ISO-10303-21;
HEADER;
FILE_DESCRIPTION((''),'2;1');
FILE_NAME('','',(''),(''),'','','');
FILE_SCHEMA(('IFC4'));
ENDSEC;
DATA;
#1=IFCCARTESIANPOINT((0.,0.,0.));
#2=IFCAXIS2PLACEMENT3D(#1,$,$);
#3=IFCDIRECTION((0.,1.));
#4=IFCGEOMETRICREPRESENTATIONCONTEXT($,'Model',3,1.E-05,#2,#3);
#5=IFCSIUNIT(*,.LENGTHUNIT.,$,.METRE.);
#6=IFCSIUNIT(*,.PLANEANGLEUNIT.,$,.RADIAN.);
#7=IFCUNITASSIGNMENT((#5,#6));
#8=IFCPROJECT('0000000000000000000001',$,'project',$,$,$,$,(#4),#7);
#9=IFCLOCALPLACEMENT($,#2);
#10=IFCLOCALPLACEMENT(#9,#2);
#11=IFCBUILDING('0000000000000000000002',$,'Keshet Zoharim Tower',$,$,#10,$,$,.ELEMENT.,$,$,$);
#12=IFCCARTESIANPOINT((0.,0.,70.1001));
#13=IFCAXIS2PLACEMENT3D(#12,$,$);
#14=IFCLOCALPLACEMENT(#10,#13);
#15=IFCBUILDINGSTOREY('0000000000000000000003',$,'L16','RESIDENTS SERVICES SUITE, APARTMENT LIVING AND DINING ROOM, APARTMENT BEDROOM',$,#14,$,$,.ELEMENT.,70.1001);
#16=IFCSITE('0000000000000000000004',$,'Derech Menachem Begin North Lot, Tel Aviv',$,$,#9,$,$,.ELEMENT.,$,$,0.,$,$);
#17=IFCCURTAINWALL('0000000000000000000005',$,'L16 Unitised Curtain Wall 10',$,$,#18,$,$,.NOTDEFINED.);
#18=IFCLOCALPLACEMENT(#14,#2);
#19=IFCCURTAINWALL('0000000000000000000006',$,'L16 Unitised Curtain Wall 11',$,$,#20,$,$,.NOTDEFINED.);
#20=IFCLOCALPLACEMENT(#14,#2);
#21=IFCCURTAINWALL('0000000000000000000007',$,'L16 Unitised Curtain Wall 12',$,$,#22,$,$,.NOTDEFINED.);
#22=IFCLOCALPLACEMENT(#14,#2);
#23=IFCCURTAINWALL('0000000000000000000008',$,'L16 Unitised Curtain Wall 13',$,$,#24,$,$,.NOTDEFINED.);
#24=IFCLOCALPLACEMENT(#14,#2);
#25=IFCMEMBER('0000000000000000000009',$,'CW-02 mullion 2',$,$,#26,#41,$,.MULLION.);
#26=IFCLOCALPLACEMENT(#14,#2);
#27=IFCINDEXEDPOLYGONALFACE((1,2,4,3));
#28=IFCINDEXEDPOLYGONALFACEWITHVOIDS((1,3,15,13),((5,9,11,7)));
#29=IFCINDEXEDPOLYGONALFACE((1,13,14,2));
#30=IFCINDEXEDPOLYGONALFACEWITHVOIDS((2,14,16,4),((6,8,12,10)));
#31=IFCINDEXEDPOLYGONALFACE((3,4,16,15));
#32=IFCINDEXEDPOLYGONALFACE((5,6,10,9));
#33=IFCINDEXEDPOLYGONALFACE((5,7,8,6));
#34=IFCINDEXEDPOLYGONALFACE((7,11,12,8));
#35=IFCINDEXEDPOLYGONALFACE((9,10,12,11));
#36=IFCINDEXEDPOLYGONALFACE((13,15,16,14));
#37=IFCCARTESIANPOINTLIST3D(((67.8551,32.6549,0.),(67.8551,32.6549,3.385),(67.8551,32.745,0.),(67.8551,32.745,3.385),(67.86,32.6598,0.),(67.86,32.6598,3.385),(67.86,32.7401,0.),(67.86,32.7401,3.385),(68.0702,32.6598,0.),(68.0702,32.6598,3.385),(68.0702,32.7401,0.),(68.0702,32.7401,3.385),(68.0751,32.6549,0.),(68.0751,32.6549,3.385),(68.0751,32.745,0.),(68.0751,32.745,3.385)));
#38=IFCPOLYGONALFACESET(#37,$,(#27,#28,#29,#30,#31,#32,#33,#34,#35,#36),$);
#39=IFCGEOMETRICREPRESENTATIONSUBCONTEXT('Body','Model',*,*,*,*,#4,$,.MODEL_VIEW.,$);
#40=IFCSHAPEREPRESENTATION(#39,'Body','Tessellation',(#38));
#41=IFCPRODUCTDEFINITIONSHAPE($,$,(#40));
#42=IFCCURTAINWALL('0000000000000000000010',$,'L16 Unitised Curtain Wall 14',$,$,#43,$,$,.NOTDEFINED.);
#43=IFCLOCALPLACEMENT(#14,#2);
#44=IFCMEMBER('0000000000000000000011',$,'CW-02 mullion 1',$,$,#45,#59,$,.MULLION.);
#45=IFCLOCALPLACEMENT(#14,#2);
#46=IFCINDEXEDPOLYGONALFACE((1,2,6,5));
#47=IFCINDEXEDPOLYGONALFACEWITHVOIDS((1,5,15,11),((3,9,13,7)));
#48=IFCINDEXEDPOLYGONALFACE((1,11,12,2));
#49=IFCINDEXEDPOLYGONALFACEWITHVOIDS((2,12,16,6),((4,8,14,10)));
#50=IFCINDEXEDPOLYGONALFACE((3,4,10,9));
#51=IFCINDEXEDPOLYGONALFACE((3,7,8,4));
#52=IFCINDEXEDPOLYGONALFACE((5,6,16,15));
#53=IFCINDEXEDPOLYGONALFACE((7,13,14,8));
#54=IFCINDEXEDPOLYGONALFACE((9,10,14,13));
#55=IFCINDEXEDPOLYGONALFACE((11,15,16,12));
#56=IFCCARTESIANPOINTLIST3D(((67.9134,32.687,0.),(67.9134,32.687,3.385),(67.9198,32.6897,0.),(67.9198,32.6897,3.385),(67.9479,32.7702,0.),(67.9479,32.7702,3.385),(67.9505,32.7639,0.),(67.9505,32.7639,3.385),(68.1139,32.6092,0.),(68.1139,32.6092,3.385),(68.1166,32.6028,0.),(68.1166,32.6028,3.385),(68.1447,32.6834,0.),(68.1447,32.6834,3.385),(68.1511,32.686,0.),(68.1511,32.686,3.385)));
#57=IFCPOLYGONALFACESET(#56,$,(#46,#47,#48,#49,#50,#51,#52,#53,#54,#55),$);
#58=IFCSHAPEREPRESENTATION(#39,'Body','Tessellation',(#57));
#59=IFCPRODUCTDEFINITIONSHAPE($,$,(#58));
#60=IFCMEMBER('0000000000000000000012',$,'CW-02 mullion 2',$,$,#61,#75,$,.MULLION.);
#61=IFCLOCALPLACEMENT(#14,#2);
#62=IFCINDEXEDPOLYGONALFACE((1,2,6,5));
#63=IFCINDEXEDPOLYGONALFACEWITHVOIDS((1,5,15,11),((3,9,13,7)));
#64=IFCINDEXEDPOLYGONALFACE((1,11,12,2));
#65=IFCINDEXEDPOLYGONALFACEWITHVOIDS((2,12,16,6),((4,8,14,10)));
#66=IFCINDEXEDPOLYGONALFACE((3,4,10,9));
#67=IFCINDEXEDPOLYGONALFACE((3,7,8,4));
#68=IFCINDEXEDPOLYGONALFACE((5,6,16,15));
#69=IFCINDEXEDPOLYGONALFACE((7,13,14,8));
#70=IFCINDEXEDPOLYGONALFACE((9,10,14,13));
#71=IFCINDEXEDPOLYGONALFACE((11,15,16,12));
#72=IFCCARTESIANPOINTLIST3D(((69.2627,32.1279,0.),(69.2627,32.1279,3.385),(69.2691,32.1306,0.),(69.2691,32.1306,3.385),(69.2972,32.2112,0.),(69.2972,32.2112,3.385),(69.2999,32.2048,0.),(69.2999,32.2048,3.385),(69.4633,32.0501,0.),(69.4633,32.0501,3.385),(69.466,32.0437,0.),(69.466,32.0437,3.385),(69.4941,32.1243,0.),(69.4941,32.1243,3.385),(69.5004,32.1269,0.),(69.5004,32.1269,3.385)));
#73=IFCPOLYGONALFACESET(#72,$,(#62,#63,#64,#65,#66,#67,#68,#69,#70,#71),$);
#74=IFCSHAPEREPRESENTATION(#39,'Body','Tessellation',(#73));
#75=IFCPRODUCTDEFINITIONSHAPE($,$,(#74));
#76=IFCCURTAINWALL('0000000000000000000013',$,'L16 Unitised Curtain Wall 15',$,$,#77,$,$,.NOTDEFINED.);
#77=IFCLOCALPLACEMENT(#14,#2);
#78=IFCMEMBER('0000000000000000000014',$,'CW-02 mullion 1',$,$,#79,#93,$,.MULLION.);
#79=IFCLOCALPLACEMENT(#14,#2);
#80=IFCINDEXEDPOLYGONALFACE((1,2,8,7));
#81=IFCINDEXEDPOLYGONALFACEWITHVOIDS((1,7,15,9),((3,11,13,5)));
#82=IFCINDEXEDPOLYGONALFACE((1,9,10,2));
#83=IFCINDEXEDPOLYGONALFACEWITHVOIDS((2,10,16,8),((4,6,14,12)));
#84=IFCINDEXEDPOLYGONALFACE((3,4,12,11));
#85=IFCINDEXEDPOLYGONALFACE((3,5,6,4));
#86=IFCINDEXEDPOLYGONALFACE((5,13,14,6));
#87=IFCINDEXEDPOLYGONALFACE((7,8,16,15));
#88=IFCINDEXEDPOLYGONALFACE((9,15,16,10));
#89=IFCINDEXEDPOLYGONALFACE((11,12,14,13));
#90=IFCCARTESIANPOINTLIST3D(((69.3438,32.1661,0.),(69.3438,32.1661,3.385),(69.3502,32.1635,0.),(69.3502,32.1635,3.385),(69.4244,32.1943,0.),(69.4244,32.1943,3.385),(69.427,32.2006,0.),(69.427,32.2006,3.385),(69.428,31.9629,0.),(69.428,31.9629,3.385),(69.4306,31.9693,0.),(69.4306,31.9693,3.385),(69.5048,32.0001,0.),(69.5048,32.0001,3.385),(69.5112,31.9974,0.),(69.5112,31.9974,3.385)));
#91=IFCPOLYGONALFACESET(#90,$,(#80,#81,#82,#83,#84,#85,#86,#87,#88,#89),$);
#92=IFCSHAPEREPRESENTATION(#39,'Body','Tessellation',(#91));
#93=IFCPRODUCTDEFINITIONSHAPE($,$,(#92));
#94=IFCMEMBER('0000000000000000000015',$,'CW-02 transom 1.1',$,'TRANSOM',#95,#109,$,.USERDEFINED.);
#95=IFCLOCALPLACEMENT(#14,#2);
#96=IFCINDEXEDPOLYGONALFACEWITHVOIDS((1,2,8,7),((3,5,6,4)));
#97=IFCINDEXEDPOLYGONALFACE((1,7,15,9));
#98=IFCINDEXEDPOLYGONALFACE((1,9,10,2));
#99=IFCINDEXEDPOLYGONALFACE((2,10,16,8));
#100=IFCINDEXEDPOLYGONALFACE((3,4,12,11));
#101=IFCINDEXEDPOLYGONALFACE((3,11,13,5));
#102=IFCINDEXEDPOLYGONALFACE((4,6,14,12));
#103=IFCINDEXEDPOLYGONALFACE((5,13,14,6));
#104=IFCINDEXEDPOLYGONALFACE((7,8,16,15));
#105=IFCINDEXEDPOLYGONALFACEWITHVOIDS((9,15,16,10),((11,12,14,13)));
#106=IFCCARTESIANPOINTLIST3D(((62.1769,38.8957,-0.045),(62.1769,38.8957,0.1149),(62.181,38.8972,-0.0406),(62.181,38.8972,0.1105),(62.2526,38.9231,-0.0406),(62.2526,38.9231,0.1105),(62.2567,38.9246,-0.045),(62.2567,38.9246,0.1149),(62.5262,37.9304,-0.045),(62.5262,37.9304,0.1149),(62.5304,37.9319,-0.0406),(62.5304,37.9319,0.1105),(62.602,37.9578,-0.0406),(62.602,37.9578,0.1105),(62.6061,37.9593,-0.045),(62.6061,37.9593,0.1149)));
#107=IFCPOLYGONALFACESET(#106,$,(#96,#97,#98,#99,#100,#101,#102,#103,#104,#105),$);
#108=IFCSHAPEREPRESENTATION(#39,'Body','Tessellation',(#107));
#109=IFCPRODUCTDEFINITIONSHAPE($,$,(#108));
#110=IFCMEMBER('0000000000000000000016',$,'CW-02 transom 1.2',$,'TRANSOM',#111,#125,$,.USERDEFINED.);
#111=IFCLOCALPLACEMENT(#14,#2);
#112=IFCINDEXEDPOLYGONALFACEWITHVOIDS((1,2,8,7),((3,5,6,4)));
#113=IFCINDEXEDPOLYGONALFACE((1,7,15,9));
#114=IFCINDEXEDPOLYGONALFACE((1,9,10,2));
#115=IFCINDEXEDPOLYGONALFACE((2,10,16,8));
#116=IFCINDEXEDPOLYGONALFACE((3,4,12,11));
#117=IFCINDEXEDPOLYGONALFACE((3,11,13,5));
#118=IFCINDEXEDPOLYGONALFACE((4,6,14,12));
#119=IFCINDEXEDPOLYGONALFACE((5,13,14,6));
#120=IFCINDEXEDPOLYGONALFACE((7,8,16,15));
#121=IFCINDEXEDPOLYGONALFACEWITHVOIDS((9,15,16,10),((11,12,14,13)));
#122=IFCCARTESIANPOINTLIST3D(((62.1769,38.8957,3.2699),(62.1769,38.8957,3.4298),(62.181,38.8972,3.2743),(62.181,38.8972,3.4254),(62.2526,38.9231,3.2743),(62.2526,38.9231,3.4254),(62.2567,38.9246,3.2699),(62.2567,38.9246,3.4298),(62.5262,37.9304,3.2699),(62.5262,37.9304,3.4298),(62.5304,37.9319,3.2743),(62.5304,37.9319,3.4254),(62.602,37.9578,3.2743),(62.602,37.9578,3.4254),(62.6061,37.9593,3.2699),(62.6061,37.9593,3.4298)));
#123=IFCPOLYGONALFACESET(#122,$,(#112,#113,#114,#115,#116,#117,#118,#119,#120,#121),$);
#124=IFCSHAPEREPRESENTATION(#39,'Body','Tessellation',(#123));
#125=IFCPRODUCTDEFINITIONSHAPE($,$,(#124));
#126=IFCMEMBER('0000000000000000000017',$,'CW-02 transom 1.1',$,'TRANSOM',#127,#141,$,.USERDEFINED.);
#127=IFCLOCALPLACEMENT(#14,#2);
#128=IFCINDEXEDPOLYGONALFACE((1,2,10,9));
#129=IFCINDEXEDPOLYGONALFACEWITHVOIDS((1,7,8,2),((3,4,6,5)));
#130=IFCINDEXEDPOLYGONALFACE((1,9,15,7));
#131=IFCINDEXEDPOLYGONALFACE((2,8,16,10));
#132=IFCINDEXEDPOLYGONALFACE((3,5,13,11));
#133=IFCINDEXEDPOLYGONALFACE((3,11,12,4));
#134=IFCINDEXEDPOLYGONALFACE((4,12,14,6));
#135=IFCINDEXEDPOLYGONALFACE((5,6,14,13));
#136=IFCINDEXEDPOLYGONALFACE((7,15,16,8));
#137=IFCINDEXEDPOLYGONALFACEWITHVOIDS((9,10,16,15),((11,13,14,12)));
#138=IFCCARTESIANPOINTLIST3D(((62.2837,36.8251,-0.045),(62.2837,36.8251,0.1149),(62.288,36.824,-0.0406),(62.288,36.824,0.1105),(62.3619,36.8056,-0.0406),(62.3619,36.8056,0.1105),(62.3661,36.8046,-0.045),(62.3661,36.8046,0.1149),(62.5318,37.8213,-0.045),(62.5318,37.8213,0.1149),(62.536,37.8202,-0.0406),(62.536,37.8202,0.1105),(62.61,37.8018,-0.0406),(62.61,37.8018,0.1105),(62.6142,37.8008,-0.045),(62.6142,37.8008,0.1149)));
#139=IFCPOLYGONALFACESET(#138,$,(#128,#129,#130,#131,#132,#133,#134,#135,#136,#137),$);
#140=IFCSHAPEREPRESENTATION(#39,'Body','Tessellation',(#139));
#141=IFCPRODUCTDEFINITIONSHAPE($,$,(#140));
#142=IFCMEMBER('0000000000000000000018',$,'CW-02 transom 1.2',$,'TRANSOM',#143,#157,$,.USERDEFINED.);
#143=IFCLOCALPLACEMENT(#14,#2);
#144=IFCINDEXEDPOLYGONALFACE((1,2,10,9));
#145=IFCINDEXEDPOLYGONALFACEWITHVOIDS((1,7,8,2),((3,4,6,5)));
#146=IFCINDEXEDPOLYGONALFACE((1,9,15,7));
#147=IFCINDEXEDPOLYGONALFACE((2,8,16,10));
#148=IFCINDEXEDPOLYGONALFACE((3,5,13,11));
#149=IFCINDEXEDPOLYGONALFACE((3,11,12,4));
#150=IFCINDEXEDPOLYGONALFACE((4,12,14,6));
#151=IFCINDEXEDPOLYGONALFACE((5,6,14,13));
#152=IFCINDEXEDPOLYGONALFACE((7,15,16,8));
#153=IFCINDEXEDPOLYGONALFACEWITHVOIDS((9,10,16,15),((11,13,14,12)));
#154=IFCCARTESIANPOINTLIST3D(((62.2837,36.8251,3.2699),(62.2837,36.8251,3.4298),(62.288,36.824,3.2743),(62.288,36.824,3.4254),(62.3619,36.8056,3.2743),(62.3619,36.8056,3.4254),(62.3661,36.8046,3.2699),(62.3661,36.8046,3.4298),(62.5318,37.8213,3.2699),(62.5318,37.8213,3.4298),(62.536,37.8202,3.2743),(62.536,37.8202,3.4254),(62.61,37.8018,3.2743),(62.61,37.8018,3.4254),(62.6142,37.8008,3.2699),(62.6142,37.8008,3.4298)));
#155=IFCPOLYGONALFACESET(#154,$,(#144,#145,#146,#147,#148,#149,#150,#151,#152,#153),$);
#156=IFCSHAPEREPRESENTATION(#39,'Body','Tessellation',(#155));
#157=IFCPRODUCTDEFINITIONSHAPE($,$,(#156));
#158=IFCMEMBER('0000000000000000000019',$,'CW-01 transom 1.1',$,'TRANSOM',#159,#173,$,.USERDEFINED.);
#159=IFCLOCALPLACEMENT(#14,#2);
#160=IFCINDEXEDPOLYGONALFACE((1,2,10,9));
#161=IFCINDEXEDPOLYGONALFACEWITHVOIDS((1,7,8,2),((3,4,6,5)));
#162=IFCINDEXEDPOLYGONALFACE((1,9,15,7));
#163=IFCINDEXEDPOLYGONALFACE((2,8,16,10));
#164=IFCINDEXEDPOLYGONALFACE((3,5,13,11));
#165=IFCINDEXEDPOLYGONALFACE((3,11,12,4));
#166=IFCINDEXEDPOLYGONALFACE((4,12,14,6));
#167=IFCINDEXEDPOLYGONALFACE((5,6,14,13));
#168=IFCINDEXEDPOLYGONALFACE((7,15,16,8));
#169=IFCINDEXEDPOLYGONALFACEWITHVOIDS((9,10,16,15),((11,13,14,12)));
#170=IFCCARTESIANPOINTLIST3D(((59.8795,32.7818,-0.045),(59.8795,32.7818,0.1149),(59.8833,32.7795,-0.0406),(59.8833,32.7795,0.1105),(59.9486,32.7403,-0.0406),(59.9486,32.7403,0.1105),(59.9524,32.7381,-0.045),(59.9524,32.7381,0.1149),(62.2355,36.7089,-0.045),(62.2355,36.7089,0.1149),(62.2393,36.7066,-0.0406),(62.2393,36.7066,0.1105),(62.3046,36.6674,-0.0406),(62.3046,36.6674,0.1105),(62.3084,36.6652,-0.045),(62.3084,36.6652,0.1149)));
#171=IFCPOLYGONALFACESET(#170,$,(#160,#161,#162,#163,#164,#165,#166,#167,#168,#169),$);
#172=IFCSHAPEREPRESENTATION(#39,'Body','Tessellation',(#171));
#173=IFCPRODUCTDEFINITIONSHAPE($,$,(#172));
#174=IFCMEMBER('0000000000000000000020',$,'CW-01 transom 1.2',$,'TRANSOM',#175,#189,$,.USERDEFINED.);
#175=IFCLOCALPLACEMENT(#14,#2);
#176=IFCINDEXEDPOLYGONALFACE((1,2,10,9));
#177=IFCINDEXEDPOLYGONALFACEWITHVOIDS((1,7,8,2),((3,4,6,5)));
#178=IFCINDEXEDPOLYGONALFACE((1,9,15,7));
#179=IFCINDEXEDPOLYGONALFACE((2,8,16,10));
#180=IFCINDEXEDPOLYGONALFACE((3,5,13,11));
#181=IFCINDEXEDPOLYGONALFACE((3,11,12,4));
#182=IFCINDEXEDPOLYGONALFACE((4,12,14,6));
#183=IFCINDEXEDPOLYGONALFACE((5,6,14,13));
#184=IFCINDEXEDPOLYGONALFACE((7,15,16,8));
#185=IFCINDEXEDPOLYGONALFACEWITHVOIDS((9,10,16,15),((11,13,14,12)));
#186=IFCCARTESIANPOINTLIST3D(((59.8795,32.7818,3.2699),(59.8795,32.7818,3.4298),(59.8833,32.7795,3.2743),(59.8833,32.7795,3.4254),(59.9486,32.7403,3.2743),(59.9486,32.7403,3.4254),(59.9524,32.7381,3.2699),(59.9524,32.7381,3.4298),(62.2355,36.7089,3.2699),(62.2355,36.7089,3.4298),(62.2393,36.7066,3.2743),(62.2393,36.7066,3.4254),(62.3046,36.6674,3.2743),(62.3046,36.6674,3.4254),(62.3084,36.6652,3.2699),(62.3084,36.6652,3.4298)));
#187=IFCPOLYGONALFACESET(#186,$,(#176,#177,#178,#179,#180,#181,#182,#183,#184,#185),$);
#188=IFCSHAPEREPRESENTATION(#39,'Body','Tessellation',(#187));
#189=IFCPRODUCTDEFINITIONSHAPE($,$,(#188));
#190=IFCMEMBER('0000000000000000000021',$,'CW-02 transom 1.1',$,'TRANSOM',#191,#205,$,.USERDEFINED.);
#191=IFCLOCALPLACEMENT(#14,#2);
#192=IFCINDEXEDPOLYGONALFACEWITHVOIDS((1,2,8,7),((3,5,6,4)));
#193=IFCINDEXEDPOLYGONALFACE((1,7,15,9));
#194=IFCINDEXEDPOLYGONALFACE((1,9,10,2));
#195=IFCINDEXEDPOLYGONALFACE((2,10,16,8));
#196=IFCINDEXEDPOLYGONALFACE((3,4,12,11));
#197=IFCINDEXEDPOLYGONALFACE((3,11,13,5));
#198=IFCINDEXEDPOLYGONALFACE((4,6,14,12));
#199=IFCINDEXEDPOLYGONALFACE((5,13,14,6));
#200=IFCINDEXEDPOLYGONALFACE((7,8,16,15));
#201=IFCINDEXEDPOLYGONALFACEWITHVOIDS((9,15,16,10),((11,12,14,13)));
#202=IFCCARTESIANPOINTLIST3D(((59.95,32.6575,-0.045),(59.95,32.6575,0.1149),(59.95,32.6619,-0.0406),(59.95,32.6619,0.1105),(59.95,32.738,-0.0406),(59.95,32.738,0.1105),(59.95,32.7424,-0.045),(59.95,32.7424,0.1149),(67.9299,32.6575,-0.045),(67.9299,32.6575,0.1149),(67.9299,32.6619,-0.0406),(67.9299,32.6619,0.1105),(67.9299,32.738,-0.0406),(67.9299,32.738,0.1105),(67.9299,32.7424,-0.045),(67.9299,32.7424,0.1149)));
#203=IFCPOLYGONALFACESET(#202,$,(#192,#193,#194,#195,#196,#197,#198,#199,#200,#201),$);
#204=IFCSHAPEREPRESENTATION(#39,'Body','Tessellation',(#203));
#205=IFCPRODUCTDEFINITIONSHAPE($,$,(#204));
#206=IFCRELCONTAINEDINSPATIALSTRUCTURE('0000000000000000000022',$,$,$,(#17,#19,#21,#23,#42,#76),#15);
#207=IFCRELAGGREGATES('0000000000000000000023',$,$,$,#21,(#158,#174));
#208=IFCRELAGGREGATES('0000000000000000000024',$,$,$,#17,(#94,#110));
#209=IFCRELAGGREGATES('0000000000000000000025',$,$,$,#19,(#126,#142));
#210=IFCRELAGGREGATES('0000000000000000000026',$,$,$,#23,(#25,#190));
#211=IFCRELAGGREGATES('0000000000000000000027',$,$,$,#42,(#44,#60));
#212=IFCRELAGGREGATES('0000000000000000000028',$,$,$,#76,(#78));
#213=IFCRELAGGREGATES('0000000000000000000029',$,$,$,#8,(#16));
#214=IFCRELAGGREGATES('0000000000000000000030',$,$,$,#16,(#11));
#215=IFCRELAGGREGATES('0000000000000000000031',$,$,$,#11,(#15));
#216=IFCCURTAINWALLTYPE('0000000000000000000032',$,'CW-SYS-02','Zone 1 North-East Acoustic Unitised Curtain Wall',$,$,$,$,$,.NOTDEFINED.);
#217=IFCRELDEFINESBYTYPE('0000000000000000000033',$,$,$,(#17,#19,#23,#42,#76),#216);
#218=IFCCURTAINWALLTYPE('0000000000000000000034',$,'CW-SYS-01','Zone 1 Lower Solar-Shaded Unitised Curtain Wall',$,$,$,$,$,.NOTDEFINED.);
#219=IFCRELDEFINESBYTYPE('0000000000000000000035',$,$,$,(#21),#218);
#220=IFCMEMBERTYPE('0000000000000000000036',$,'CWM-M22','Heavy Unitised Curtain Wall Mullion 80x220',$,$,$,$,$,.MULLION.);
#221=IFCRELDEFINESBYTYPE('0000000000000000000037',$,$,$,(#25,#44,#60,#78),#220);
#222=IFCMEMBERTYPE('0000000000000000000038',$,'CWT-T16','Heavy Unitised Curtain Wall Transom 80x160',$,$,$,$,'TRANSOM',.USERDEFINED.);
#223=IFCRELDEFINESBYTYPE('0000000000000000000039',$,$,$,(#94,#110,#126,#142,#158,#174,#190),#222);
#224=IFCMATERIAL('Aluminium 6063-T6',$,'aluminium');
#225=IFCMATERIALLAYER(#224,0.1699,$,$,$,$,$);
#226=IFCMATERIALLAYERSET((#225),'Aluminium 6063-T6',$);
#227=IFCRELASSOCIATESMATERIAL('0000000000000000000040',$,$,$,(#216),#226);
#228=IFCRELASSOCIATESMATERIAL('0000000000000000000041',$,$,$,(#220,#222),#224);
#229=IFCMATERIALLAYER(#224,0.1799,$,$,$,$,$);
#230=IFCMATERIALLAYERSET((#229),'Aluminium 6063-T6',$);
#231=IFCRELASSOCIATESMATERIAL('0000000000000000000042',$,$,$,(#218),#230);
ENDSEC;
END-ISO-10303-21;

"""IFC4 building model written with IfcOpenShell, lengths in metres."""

from ifc_helpers import new_model, si_unit, direction, frame, origin, origin_2d, place, context, subcontext, project, spatial, hollow_rectangle, extrude, material, layer, layer_set, material_profile, profile_set, type_object, element, aggregate, save


model = new_model("IFC4")

# Units and contexts
model_context = context("Model", 3, precision=1e-05, world=origin(), true_north=direction((0.0, 1.0)))
body_context = subcontext(model_context, "Body", "Model", "MODEL_VIEW")
ifc_project = project(units=[si_unit("LENGTHUNIT", "METRE"), si_unit("PLANEANGLEUNIT", "RADIAN")], contexts=[model_context])

# Site, building, storey
site_placement = place(None, origin())
site = spatial("IfcSite", under=ifc_project, at=site_placement, Name="Derech Menachem Begin North Lot, Tel Aviv", CompositionType="ELEMENT", RefElevation=0.0)
building_placement = place(site_placement, origin())
building = spatial("IfcBuilding", under=site, at=building_placement, Name="Keshet Zoharim Tower", CompositionType="ELEMENT")
storey_placement = place(building_placement, frame((0.0, 0.0, 70.1001)))
storey = spatial("IfcBuildingStorey", under=building, at=storey_placement, Name="L16", Description="RESIDENTS SERVICES SUITE, APARTMENT LIVING AND DINING ROOM, APARTMENT BEDROOM", CompositionType="ELEMENT", Elevation=70.1001)

# Shared definitions
ifc_material_1 = material(Name="Aluminium 6063-T6", Category="aluminium")
ifc_layer_1 = layer(ifc_material_1, 0.1699)
ifc_layer_set_1 = layer_set([ifc_layer_1], Name="Aluminium 6063-T6")
curtain_wall_type_1 = type_object("IfcCurtainWallType", Name="CW-SYS-02", Description="Zone 1 North-East Acoustic Unitised Curtain Wall", PredefinedType="NOTDEFINED", material=ifc_layer_set_1)
ifc_material_profile_1 = material_profile(ifc_material_1, hollow_rectangle(XDim=0.0901, YDim=0.22, WallThickness=0.0049, at=origin_2d()), Name="MUL-90x220")
ifc_profile_set_1 = profile_set([ifc_material_profile_1], Name="Aluminium 6063-T6")
member_type_1 = type_object("IfcMemberType", Name="CWM-M22", Description="Heavy Unitised Curtain Wall Mullion 80x220", PredefinedType="MULLION", material=ifc_profile_set_1)

# Curtain walls, members
curtain_wall_1_placement = place(storey_placement, origin())
curtain_wall_1 = element("IfcCurtainWall", 1, at=curtain_wall_1_placement, inside=storey, type_object=curtain_wall_type_1, Name="L16 Unitised Curtain Wall 10", PredefinedType="NOTDEFINED")
curtain_wall_2_placement = place(storey_placement, origin())
curtain_wall_2 = element("IfcCurtainWall", 2, at=curtain_wall_2_placement, inside=storey, type_object=curtain_wall_type_1, Name="L16 Unitised Curtain Wall 11", PredefinedType="NOTDEFINED")
ifc_layer_2 = layer(ifc_material_1, 0.1799)
ifc_layer_set_2 = layer_set([ifc_layer_2], Name="Aluminium 6063-T6")
curtain_wall_type_2 = type_object("IfcCurtainWallType", Name="CW-SYS-01", Description="Zone 1 Lower Solar-Shaded Unitised Curtain Wall", PredefinedType="NOTDEFINED", material=ifc_layer_set_2)
curtain_wall_3_placement = place(storey_placement, origin())
curtain_wall_3 = element("IfcCurtainWall", 3, at=curtain_wall_3_placement, inside=storey, type_object=curtain_wall_type_2, Name="L16 Unitised Curtain Wall 12", PredefinedType="NOTDEFINED")
curtain_wall_4_placement = place(storey_placement, origin())
curtain_wall_4 = element("IfcCurtainWall", 4, at=curtain_wall_4_placement, inside=storey, type_object=curtain_wall_type_1, Name="L16 Unitised Curtain Wall 13", PredefinedType="NOTDEFINED")
member_1_placement = place(storey_placement, frame((67.9651, 32.7, 0.0), z_axis=(0.0, 0.0, 1.0), x_axis=(0.0, 1.0, 0.0)))
member_1 = element("IfcMember", 5, at=member_1_placement, type_object=member_type_1, Name="CW-02 mullion 2", PredefinedType="MULLION", context=body_context, shape_type="SweptSolid", body=[
    extrude(hollow_rectangle(XDim=0.0901, YDim=0.22, WallThickness=0.0049, at=origin_2d()), origin(), (0.0, 0.0, 1.0), 3.385),
])
curtain_wall_5_placement = place(storey_placement, origin())
curtain_wall_5 = element("IfcCurtainWall", 6, at=curtain_wall_5_placement, inside=storey, type_object=curtain_wall_type_1, Name="L16 Unitised Curtain Wall 14", PredefinedType="NOTDEFINED")
member_2_placement = place(storey_placement, frame((68.0322, 32.6865, 0.0), z_axis=(0.0, 0.0, 1.0), x_axis=(0.382852, 0.92381, 0.0)))
member_2 = element("IfcMember", 7, at=member_2_placement, type_object=member_type_1, Name="CW-02 mullion 1", PredefinedType="MULLION", context=body_context, shape_type="SweptSolid", body=[
    extrude(hollow_rectangle(XDim=0.0901, YDim=0.22, WallThickness=0.0049, at=origin_2d()), origin(), (0.0, 0.0, 1.0), 3.385),
])
member_3_placement = place(storey_placement, frame((69.3816, 32.1274, 0.0), z_axis=(0.0, 0.0, 1.0), x_axis=(0.382852, 0.92381, 0.0)))
member_3 = element("IfcMember", 8, at=member_3_placement, type_object=member_type_1, Name="CW-02 mullion 2", PredefinedType="MULLION", context=body_context, shape_type="SweptSolid", body=[
    extrude(hollow_rectangle(XDim=0.0901, YDim=0.22, WallThickness=0.0049, at=origin_2d()), origin(), (0.0, 0.0, 1.0), 3.385),
])

# Curtain wall, member
curtain_wall_6_placement = place(storey_placement, origin())
curtain_wall_6 = element("IfcCurtainWall", 9, at=curtain_wall_6_placement, inside=storey, type_object=curtain_wall_type_1, Name="L16 Unitised Curtain Wall 15", PredefinedType="NOTDEFINED")
member_4_placement = place(storey_placement, frame((69.4275, 32.0818, 0.0), z_axis=(0.0, 0.0, 1.0), x_axis=(0.92381, 0.382852, 0.0)))
member_4 = element("IfcMember", 10, at=member_4_placement, type_object=member_type_1, Name="CW-02 mullion 1", PredefinedType="MULLION", context=body_context, shape_type="SweptSolid", body=[
    extrude(hollow_rectangle(XDim=0.0901, YDim=0.22, WallThickness=0.0049, at=origin_2d()), origin(), (0.0, 0.0, 1.0), 3.385),
])

# Members
ifc_material_profile_2 = material_profile(ifc_material_1, hollow_rectangle(XDim=0.085, YDim=0.1599, WallThickness=0.0044, at=origin_2d()), Name="TRN-85x160")
ifc_profile_set_2 = profile_set([ifc_material_profile_2], Name="Aluminium 6063-T6")
member_type_2 = type_object("IfcMemberType", Name="CWT-T16", Description="Heavy Unitised Curtain Wall Transom 80x160", ElementType="TRANSOM", PredefinedType="USERDEFINED", material=ifc_profile_set_2)
member_5_placement = place(storey_placement, frame((62.2168, 38.9102, 0.0349), z_axis=(0.340311, -0.940313, 0.0), x_axis=(0.940313, 0.340311, 0.0)))
member_5 = element("IfcMember", 11, at=member_5_placement, type_object=member_type_2, Name="CW-02 transom 1.1", ObjectType="TRANSOM", PredefinedType="USERDEFINED", context=body_context, shape_type="SweptSolid", body=[
    extrude(hollow_rectangle(XDim=0.085, YDim=0.1599, WallThickness=0.0044, at=origin_2d()), origin(), (0.0, 0.0, 1.0), 1.0266),
])
member_6_placement = place(storey_placement, frame((62.2168, 38.9102, 3.3499), z_axis=(0.340311, -0.940313, 0.0), x_axis=(0.940313, 0.340311, 0.0)))
member_6 = element("IfcMember", 12, at=member_6_placement, type_object=member_type_2, Name="CW-02 transom 1.2", ObjectType="TRANSOM", PredefinedType="USERDEFINED", context=body_context, shape_type="SweptSolid", body=[
    extrude(hollow_rectangle(XDim=0.085, YDim=0.1599, WallThickness=0.0044, at=origin_2d()), origin(), (0.0, 0.0, 1.0), 1.0266),
])
member_7_placement = place(storey_placement, frame((62.573, 37.811, 0.0349), z_axis=(-0.24164, -0.970366, 0.0), x_axis=(0.970366, -0.24164, 0.0)))
member_7 = element("IfcMember", 13, at=member_7_placement, type_object=member_type_2, Name="CW-02 transom 1.1", ObjectType="TRANSOM", PredefinedType="USERDEFINED", context=body_context, shape_type="SweptSolid", body=[
    extrude(hollow_rectangle(XDim=0.085, YDim=0.1599, WallThickness=0.0044, at=origin_2d()), origin(), (0.0, 0.0, 1.0), 1.0266),
])
member_8_placement = place(storey_placement, frame((62.573, 37.811, 3.3499), z_axis=(-0.24164, -0.970366, 0.0), x_axis=(0.970366, -0.24164, 0.0)))
member_8 = element("IfcMember", 14, at=member_8_placement, type_object=member_type_2, Name="CW-02 transom 1.2", ObjectType="TRANSOM", PredefinedType="USERDEFINED", context=body_context, shape_type="SweptSolid", body=[
    extrude(hollow_rectangle(XDim=0.085, YDim=0.1599, WallThickness=0.0044, at=origin_2d()), origin(), (0.0, 0.0, 1.0), 1.0266),
])
member_9_placement = place(storey_placement, frame((62.272, 36.687, 0.0349), z_axis=(-0.514457, -0.857516, 0.0), x_axis=(0.857516, -0.514457, 0.0)))
member_9 = element("IfcMember", 15, at=member_9_placement, type_object=member_type_2, Name="CW-01 transom 1.1", ObjectType="TRANSOM", PredefinedType="USERDEFINED", context=body_context, shape_type="SweptSolid", body=[
    extrude(hollow_rectangle(XDim=0.085, YDim=0.1599, WallThickness=0.0044, at=origin_2d()), origin(), (0.0, 0.0, 1.0), 4.5796),
])
member_10_placement = place(storey_placement, frame((62.272, 36.687, 3.3499), z_axis=(-0.514457, -0.857516, 0.0), x_axis=(0.857516, -0.514457, 0.0)))
member_10 = element("IfcMember", 16, at=member_10_placement, type_object=member_type_2, Name="CW-01 transom 1.2", ObjectType="TRANSOM", PredefinedType="USERDEFINED", context=body_context, shape_type="SweptSolid", body=[
    extrude(hollow_rectangle(XDim=0.085, YDim=0.1599, WallThickness=0.0044, at=origin_2d()), origin(), (0.0, 0.0, 1.0), 4.5796),
])
member_11_placement = place(storey_placement, frame((59.95, 32.7, 0.0349), z_axis=(1.0, 0.0, 0.0), x_axis=(0.0, 1.0, 0.0)))
member_11 = element("IfcMember", 17, at=member_11_placement, type_object=member_type_2, Name="CW-02 transom 1.1", ObjectType="TRANSOM", PredefinedType="USERDEFINED", context=body_context, shape_type="SweptSolid", body=[
    extrude(hollow_rectangle(XDim=0.085, YDim=0.1599, WallThickness=0.0044, at=origin_2d()), origin(), (0.0, 0.0, 1.0), 7.98),
])

aggregate(curtain_wall_3, [member_9, member_10])
aggregate(curtain_wall_1, [member_5, member_6])
aggregate(curtain_wall_2, [member_7, member_8])
aggregate(curtain_wall_4, [member_1, member_11])
aggregate(curtain_wall_5, [member_2, member_3])
aggregate(curtain_wall_6, [member_4])

save(model, "model.ifc")
